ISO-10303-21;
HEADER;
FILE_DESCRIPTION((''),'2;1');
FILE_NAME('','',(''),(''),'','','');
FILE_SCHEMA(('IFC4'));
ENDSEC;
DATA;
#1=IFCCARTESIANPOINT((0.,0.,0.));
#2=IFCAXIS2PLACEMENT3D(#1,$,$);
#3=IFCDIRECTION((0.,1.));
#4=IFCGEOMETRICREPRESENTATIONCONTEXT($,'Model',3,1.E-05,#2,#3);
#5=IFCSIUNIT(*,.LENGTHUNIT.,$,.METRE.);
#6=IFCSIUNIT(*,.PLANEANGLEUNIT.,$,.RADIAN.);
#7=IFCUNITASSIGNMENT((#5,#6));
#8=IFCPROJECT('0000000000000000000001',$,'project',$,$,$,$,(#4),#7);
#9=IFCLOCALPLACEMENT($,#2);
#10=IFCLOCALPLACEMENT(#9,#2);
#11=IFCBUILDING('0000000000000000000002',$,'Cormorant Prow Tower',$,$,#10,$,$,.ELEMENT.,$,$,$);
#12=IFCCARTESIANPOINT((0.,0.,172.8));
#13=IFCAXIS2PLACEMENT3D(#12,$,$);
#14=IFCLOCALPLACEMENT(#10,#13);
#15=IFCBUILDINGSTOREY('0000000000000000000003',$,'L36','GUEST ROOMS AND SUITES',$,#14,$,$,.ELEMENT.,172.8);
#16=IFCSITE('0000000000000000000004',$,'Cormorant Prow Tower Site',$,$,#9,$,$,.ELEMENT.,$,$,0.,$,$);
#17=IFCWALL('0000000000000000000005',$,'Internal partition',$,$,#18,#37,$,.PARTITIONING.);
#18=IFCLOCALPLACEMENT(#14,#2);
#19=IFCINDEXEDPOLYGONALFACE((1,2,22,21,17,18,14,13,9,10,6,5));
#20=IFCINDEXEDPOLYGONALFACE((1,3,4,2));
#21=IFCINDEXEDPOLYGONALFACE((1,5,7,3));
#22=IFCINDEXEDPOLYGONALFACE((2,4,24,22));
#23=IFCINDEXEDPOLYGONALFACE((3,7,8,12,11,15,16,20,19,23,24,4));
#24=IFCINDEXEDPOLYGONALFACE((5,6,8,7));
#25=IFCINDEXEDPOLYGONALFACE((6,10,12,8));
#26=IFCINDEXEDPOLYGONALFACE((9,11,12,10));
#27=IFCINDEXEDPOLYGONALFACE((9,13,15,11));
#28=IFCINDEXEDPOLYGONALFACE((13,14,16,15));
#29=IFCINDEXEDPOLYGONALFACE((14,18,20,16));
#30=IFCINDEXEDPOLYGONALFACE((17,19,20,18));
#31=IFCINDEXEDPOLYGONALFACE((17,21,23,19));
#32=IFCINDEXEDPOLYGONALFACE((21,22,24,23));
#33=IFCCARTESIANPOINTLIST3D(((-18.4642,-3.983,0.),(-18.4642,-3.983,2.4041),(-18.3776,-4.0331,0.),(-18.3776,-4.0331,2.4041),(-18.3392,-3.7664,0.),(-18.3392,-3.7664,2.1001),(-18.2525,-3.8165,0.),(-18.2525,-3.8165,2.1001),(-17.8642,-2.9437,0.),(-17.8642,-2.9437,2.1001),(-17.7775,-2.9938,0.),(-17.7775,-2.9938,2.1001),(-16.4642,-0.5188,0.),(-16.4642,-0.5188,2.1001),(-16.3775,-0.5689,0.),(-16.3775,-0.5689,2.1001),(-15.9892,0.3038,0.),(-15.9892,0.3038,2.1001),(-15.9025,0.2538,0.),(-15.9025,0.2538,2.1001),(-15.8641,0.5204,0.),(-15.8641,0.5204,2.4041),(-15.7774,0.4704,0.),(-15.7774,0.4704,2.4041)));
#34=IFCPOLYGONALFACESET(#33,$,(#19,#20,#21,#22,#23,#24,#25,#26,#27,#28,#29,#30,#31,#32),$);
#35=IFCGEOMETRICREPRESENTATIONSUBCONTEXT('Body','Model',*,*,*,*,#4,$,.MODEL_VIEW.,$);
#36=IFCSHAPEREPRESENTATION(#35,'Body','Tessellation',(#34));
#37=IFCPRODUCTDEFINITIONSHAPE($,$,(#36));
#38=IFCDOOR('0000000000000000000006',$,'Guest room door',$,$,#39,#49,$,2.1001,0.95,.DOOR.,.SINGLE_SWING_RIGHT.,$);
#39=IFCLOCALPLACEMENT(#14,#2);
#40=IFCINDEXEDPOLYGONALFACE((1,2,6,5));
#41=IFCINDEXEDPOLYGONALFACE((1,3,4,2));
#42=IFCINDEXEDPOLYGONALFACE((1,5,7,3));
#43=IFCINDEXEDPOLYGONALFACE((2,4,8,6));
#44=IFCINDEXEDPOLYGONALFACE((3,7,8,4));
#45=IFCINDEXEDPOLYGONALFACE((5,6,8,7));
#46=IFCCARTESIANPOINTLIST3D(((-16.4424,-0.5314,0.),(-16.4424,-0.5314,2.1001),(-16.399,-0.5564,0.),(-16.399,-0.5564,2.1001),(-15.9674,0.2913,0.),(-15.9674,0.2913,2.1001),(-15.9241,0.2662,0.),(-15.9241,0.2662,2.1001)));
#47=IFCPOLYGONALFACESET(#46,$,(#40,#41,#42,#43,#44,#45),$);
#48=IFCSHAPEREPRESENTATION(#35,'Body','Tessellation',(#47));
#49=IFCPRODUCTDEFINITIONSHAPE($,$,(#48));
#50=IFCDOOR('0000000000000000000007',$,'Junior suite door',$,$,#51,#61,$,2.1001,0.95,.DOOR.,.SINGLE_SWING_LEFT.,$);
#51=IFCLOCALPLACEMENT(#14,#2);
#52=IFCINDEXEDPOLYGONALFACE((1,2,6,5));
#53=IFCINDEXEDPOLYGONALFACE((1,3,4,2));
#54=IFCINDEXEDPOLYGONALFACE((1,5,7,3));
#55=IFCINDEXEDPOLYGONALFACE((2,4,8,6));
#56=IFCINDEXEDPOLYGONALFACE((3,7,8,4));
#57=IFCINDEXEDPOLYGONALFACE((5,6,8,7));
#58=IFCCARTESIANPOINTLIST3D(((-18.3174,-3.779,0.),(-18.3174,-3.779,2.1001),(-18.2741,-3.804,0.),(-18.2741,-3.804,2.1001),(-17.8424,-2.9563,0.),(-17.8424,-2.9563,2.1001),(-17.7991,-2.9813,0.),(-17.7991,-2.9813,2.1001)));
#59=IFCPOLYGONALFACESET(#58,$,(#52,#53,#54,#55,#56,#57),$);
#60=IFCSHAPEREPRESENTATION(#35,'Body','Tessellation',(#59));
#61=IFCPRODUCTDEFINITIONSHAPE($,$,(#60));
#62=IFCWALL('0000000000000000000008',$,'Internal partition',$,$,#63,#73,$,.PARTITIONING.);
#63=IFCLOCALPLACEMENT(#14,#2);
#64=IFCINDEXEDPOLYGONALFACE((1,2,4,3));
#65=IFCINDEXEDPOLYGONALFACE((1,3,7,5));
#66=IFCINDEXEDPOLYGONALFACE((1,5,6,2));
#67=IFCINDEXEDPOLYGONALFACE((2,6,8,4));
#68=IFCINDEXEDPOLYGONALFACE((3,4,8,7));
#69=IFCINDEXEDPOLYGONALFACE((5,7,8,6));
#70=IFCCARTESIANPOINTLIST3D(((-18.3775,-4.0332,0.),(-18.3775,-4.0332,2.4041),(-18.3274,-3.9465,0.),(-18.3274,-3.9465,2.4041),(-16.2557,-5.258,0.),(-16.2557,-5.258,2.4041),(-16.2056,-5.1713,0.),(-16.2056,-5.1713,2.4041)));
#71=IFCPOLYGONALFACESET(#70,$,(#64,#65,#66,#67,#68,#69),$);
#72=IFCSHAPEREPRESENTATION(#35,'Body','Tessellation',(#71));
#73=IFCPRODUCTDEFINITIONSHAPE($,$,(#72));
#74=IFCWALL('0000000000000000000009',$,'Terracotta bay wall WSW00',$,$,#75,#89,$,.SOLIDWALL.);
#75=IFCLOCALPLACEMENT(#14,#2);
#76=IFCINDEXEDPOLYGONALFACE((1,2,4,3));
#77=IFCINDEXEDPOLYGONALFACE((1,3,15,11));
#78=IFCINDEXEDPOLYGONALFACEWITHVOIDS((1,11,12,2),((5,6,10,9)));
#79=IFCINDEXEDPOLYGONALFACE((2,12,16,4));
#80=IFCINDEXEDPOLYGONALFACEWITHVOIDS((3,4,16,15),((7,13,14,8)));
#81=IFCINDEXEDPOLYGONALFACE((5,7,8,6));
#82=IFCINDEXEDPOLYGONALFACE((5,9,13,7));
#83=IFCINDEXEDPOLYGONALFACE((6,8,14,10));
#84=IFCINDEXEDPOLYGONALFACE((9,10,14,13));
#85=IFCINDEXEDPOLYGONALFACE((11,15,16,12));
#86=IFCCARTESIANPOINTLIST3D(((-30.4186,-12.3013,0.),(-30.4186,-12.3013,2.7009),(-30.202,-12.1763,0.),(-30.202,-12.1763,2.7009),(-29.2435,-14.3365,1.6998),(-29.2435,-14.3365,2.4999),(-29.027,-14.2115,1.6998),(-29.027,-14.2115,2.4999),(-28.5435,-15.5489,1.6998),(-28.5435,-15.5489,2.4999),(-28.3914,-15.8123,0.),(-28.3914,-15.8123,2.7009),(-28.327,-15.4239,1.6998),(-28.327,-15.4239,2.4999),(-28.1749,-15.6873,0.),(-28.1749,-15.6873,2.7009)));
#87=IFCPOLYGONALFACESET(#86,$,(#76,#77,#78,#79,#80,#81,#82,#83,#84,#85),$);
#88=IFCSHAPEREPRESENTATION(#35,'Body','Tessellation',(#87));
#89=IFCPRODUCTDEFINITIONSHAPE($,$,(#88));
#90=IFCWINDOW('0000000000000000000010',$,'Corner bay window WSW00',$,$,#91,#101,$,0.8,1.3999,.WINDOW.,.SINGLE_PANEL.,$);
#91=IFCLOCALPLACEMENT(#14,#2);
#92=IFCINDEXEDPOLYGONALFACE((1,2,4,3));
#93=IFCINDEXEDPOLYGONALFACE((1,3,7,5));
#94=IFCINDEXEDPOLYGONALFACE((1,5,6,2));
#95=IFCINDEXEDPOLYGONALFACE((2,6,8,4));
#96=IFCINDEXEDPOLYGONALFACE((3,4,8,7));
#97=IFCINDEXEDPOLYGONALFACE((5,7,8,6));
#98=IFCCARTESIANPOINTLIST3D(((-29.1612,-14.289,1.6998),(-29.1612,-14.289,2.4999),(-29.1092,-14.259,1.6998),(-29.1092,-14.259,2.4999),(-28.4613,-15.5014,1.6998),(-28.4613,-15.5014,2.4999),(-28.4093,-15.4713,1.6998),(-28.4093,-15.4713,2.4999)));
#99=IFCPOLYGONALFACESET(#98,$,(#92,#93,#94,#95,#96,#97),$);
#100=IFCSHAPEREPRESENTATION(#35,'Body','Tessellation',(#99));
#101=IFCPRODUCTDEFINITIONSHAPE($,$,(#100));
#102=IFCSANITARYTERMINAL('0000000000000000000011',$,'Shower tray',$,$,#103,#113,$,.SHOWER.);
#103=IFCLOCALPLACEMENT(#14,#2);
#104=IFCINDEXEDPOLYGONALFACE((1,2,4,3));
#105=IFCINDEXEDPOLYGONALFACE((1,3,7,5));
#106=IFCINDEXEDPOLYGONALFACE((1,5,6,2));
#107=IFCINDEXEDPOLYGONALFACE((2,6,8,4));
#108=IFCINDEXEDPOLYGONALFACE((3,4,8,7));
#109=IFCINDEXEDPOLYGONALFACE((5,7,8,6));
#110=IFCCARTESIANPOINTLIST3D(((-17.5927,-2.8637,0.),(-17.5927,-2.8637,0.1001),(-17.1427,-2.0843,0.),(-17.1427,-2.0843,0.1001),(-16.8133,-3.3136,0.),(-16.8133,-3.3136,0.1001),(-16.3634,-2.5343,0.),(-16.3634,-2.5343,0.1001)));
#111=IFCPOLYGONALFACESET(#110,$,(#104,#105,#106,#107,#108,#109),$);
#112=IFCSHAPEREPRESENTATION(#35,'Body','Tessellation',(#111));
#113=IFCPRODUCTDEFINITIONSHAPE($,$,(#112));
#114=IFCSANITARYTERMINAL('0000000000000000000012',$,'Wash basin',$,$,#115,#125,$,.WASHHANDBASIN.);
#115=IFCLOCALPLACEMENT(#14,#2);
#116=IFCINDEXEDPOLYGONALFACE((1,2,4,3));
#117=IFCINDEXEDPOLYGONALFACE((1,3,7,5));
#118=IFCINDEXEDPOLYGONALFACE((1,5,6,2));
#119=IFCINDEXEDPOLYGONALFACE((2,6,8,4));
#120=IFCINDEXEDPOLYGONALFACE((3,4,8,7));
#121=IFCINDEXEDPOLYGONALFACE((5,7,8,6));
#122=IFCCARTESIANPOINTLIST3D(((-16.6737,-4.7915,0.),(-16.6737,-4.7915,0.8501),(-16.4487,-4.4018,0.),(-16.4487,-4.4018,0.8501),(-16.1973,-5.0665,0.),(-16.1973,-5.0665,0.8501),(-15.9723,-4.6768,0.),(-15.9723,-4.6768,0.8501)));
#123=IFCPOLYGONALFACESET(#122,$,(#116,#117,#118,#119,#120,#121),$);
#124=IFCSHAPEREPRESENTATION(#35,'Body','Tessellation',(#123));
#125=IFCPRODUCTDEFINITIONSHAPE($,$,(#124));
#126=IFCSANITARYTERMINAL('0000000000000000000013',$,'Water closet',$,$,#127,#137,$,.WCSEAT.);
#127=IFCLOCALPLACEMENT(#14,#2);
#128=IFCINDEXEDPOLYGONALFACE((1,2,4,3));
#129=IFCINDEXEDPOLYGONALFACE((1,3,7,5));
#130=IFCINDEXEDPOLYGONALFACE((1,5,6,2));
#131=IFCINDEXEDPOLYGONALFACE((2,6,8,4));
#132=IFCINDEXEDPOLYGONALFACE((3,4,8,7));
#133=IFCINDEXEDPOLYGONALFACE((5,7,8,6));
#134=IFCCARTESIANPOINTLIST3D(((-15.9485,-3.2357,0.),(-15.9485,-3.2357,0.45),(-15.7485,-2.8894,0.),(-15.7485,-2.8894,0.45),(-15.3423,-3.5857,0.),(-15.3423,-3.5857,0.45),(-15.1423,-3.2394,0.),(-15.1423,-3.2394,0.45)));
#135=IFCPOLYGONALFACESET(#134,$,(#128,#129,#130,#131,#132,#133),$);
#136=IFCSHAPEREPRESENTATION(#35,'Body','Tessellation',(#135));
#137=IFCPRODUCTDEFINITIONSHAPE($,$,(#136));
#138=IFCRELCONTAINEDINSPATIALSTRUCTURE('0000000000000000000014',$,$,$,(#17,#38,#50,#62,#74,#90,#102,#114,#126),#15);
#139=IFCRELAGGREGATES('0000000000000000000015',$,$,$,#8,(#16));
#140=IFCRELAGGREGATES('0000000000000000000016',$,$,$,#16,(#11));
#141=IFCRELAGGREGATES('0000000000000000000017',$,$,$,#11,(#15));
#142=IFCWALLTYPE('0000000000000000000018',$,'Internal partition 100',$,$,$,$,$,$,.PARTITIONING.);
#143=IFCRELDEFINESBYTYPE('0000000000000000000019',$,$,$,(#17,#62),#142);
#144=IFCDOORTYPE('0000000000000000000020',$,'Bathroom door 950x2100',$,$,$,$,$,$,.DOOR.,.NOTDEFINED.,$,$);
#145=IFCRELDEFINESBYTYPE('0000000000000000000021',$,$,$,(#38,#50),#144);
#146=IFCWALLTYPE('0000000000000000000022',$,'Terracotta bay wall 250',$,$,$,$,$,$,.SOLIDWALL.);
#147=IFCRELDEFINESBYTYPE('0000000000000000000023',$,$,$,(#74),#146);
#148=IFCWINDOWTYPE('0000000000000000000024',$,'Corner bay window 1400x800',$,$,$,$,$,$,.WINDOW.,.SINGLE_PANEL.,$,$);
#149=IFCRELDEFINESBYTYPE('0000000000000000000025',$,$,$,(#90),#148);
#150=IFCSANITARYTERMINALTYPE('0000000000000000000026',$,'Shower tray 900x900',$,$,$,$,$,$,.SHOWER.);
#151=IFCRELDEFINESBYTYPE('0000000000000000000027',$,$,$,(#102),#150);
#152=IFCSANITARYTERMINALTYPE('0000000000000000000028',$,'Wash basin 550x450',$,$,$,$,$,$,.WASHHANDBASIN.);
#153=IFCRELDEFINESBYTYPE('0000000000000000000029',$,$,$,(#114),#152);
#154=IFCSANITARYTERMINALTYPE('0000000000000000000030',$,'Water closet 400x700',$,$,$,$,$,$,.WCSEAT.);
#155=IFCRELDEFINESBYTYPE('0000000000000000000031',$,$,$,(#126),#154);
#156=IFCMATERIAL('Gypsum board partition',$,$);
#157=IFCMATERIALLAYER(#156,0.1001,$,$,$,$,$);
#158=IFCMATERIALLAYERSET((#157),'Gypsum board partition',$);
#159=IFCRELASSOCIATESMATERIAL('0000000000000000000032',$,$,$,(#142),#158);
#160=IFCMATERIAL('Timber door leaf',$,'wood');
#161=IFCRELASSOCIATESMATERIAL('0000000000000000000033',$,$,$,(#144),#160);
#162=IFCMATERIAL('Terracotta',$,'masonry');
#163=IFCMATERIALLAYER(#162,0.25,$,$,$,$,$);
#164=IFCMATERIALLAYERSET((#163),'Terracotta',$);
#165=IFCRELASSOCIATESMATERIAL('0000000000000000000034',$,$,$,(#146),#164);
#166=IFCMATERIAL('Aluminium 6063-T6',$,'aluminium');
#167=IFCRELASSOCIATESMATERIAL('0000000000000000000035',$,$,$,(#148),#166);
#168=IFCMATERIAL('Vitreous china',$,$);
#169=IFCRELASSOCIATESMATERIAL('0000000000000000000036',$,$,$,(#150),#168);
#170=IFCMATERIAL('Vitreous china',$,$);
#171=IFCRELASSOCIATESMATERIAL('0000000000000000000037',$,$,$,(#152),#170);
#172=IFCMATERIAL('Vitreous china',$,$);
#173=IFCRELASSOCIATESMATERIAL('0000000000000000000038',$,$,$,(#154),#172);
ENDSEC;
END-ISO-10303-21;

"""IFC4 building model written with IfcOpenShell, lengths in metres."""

from ifc_helpers import new_model, si_unit, direction, frame, frame_2d, origin, origin_2d, place, context, subcontext, project, spatial, rectangle, extrude, material, layer, layer_set, type_object, element, fill, save


model = new_model("IFC4")

# Units and contexts
model_context = context("Model", 3, precision=1e-05, world=origin(), true_north=direction((0.0, 1.0)))
body_context = subcontext(model_context, "Body", "Model", "MODEL_VIEW")
ifc_project = project(units=[si_unit("LENGTHUNIT", "METRE"), si_unit("PLANEANGLEUNIT", "RADIAN")], contexts=[model_context])

# Site, building, storey
site_placement = place(None, origin())
site = spatial("IfcSite", under=ifc_project, at=site_placement, Name="Cormorant Prow Tower Site", CompositionType="ELEMENT", RefElevation=0.0)
building_placement = place(site_placement, origin())
building = spatial("IfcBuilding", under=site, at=building_placement, Name="Cormorant Prow Tower", CompositionType="ELEMENT")
storey_placement = place(building_placement, frame((0.0, 0.0, 172.8)))
storey = spatial("IfcBuildingStorey", under=building, at=storey_placement, Name="L36", Description="GUEST ROOMS AND SUITES", CompositionType="ELEMENT", Elevation=172.8)

# Wall, openings, doors
ifc_material_1 = material(Name="Gypsum board partition")
ifc_layer_1 = layer(ifc_material_1, 0.1001)
ifc_layer_set_1 = layer_set([ifc_layer_1], Name="Gypsum board partition")
wall_type_1 = type_object("IfcWallType", Name="Internal partition 100", PredefinedType="PARTITIONING", material=ifc_layer_set_1)
wall_1_placement = place(storey_placement, frame((-18.4209, -4.0081, 0.0), z_axis=(0.0, 0.0, 1.0), x_axis=(0.500007, 0.866021, 0.0)))
wall_1 = element("IfcWall", 1, at=wall_1_placement, inside=storey, type_object=wall_type_1, Name="Internal partition", PredefinedType="PARTITIONING", context=body_context, shape_type="SweptSolid", body=[
    extrude(rectangle(XDim=5.2002, YDim=0.1001, at=frame_2d((2.6001, 0.0))), origin(), (0.0, 0.0, 1.0), 2.4041),
])
opening_1_placement = place(wall_1_placement, frame((4.0, 0.0, 0.0)))
opening_1 = element("IfcOpeningElement", 2, at=opening_1_placement, cuts=wall_1, PredefinedType="OPENING", context=body_context, shape_type="SweptSolid", body=[
    extrude(rectangle(XDim=0.95, YDim=2.1001, at=frame_2d((0.4751, 1.05))), frame((0.0, 0.0601, 0.0), z_axis=(0.0, -1.0, 0.0), x_axis=(1.0, 0.0, 0.0)), (0.0, 0.0, 1.0), 0.1201),
])
opening_2_placement = place(wall_1_placement, frame((0.25, 0.0, 0.0)))
opening_2 = element("IfcOpeningElement", 3, at=opening_2_placement, cuts=wall_1, PredefinedType="OPENING", context=body_context, shape_type="SweptSolid", body=[
    extrude(rectangle(XDim=0.95, YDim=2.1001, at=frame_2d((0.4751, 1.05))), frame((0.0, 0.0601, 0.0), z_axis=(0.0, -1.0, 0.0), x_axis=(1.0, 0.0, 0.0)), (0.0, 0.0, 1.0), 0.1201),
])
ifc_material_2 = material(Name="Timber door leaf", Category="wood")
door_type_1 = type_object("IfcDoorType", Name="Bathroom door 950x2100", OperationType="NOTDEFINED", PredefinedType="DOOR", material=ifc_material_2)
door_1_placement = place(opening_1_placement, origin())
door_1 = element("IfcDoor", 4, at=door_1_placement, inside=storey, type_object=door_type_1, Name="Guest room door", OperationType="SINGLE_SWING_RIGHT", OverallHeight=2.1001, OverallWidth=0.95, PredefinedType="DOOR", context=body_context, shape_type="SweptSolid", body=[
    extrude(rectangle(XDim=0.95, YDim=2.1001, at=frame_2d((0.4751, 1.05))), frame((0.0, 0.0249, 0.0), z_axis=(0.0, -1.0, 0.0), x_axis=(1.0, 0.0, 0.0)), (0.0, 0.0, 1.0), 0.05),
])
fill(opening_1, door_1)
door_2_placement = place(opening_2_placement, origin())
door_2 = element("IfcDoor", 5, at=door_2_placement, inside=storey, type_object=door_type_1, Name="Junior suite door", OperationType="SINGLE_SWING_LEFT", OverallHeight=2.1001, OverallWidth=0.95, PredefinedType="DOOR", context=body_context, shape_type="SweptSolid", body=[
    extrude(rectangle(XDim=0.95, YDim=2.1001, at=frame_2d((0.4751, 1.05))), frame((0.0, 0.0249, 0.0), z_axis=(0.0, -1.0, 0.0), x_axis=(1.0, 0.0, 0.0)), (0.0, 0.0, 1.0), 0.05),
])
fill(opening_2, door_2)

# Wall
wall_2_placement = place(storey_placement, frame((-18.3525, -3.9897, 0.0), z_axis=(0.0, 0.0, 1.0), x_axis=(0.866058, -0.499944, 0.0)))
element("IfcWall", 6, at=wall_2_placement, inside=storey, type_object=wall_type_1, Name="Internal partition", PredefinedType="PARTITIONING", context=body_context, shape_type="SweptSolid", body=[
    extrude(rectangle(XDim=2.45, YDim=0.1001, at=frame_2d((1.2251, 0.0))), origin(), (0.0, 0.0, 1.0), 2.4041),
])

# Wall, opening, window
ifc_material_3 = material(Name="Terracotta", Category="masonry")
ifc_layer_2 = layer(ifc_material_3, 0.25)
ifc_layer_set_2 = layer_set([ifc_layer_2], Name="Terracotta")
wall_type_2 = type_object("IfcWallType", Name="Terracotta bay wall 250", PredefinedType="SOLIDWALL", material=ifc_layer_set_2)
wall_3_placement = place(storey_placement, frame((-30.3103, -12.2388, 0.0), z_axis=(0.0, 0.0, 1.0), x_axis=(0.500006, -0.866022, 0.0)))
wall_3 = element("IfcWall", 7, at=wall_3_placement, inside=storey, type_object=wall_type_2, Name="Terracotta bay wall WSW00", PredefinedType="SOLIDWALL", context=body_context, shape_type="SweptSolid", body=[
    extrude(rectangle(XDim=4.0542, YDim=0.25, at=frame_2d((2.0271, 0.0))), origin(), (0.0, 0.0, 1.0), 2.7009),
])
opening_3_placement = place(wall_3_placement, frame((2.3501, 0.0, 1.7)))
opening_3 = element("IfcOpeningElement", 8, at=opening_3_placement, cuts=wall_3, PredefinedType="OPENING", context=body_context, shape_type="SweptSolid", body=[
    extrude(rectangle(XDim=1.3999, YDim=0.8, at=frame_2d((0.7, 0.3999))), frame((0.0, 0.135, 0.0), z_axis=(0.0, -1.0, 0.0), x_axis=(1.0, 0.0, 0.0)), (0.0, 0.0, 1.0), 0.27),
])
ifc_material_4 = material(Name="Aluminium 6063-T6", Category="aluminium")
window_type = type_object("IfcWindowType", Name="Corner bay window 1400x800", PartitioningType="SINGLE_PANEL", PredefinedType="WINDOW", material=ifc_material_4)
window_placement = place(opening_3_placement, origin())
window = element("IfcWindow", 9, at=window_placement, inside=storey, type_object=window_type, Name="Corner bay window WSW00", OverallHeight=0.8, OverallWidth=1.3999, PartitioningType="SINGLE_PANEL", PredefinedType="WINDOW", context=body_context, shape_type="SweptSolid", body=[
    extrude(rectangle(XDim=1.3999, YDim=0.8, at=frame_2d((0.7, 0.3999))), frame((0.0, 0.03, 0.0), z_axis=(0.0, -1.0, 0.0), x_axis=(1.0, 0.0, 0.0)), (0.0, 0.0, 1.0), 0.0601),
])
fill(opening_3, window)

# Sanitary terminals
ifc_material_5 = material(Name="Vitreous china")
sanitary_terminal_type_1 = type_object("IfcSanitaryTerminalType", Name="Shower tray 900x900", PredefinedType="SHOWER", material=ifc_material_5)
sanitary_terminal_1_placement = place(storey_placement, frame((-16.978, -2.699, 0.0), z_axis=(0.0, 0.0, 1.0), x_axis=(0.866025, -0.5, 0.0)))
element("IfcSanitaryTerminal", 10, at=sanitary_terminal_1_placement, inside=storey, type_object=sanitary_terminal_type_1, Name="Shower tray", PredefinedType="SHOWER", context=body_context, shape_type="SweptSolid", body=[
    extrude(rectangle(XDim=0.8999, YDim=0.8999, at=origin_2d()), origin(), (0.0, 0.0, 1.0), 0.1001),
])
ifc_material_6 = material(Name="Vitreous china")
sanitary_terminal_type_2 = type_object("IfcSanitaryTerminalType", Name="Wash basin 550x450", PredefinedType="WASHHANDBASIN", material=ifc_material_6)
sanitary_terminal_2_placement = place(storey_placement, frame((-16.323, -4.7341, 0.0), z_axis=(0.0, 0.0, 1.0), x_axis=(-0.866025, 0.5, 0.0)))
element("IfcSanitaryTerminal", 11, at=sanitary_terminal_2_placement, inside=storey, type_object=sanitary_terminal_type_2, Name="Wash basin", PredefinedType="WASHHANDBASIN", context=body_context, shape_type="SweptSolid", body=[
    extrude(rectangle(XDim=0.55, YDim=0.45, at=origin_2d()), origin(), (0.0, 0.0, 1.0), 0.8501),
])
ifc_material_7 = material(Name="Vitreous china")
sanitary_terminal_type_3 = type_object("IfcSanitaryTerminalType", Name="Water closet 400x700", PredefinedType="WCSEAT", material=ifc_material_7)
sanitary_terminal_3_placement = place(storey_placement, frame((-15.5454, -3.2375, 0.0), z_axis=(0.0, 0.0, 1.0), x_axis=(-0.5, -0.866025, 0.0)))
element("IfcSanitaryTerminal", 12, at=sanitary_terminal_3_placement, inside=storey, type_object=sanitary_terminal_type_3, Name="Water closet", PredefinedType="WCSEAT", context=body_context, shape_type="SweptSolid", body=[
    extrude(rectangle(XDim=0.3999, YDim=0.7, at=origin_2d()), origin(), (0.0, 0.0, 1.0), 0.45),
])

save(model, "model.ifc")
